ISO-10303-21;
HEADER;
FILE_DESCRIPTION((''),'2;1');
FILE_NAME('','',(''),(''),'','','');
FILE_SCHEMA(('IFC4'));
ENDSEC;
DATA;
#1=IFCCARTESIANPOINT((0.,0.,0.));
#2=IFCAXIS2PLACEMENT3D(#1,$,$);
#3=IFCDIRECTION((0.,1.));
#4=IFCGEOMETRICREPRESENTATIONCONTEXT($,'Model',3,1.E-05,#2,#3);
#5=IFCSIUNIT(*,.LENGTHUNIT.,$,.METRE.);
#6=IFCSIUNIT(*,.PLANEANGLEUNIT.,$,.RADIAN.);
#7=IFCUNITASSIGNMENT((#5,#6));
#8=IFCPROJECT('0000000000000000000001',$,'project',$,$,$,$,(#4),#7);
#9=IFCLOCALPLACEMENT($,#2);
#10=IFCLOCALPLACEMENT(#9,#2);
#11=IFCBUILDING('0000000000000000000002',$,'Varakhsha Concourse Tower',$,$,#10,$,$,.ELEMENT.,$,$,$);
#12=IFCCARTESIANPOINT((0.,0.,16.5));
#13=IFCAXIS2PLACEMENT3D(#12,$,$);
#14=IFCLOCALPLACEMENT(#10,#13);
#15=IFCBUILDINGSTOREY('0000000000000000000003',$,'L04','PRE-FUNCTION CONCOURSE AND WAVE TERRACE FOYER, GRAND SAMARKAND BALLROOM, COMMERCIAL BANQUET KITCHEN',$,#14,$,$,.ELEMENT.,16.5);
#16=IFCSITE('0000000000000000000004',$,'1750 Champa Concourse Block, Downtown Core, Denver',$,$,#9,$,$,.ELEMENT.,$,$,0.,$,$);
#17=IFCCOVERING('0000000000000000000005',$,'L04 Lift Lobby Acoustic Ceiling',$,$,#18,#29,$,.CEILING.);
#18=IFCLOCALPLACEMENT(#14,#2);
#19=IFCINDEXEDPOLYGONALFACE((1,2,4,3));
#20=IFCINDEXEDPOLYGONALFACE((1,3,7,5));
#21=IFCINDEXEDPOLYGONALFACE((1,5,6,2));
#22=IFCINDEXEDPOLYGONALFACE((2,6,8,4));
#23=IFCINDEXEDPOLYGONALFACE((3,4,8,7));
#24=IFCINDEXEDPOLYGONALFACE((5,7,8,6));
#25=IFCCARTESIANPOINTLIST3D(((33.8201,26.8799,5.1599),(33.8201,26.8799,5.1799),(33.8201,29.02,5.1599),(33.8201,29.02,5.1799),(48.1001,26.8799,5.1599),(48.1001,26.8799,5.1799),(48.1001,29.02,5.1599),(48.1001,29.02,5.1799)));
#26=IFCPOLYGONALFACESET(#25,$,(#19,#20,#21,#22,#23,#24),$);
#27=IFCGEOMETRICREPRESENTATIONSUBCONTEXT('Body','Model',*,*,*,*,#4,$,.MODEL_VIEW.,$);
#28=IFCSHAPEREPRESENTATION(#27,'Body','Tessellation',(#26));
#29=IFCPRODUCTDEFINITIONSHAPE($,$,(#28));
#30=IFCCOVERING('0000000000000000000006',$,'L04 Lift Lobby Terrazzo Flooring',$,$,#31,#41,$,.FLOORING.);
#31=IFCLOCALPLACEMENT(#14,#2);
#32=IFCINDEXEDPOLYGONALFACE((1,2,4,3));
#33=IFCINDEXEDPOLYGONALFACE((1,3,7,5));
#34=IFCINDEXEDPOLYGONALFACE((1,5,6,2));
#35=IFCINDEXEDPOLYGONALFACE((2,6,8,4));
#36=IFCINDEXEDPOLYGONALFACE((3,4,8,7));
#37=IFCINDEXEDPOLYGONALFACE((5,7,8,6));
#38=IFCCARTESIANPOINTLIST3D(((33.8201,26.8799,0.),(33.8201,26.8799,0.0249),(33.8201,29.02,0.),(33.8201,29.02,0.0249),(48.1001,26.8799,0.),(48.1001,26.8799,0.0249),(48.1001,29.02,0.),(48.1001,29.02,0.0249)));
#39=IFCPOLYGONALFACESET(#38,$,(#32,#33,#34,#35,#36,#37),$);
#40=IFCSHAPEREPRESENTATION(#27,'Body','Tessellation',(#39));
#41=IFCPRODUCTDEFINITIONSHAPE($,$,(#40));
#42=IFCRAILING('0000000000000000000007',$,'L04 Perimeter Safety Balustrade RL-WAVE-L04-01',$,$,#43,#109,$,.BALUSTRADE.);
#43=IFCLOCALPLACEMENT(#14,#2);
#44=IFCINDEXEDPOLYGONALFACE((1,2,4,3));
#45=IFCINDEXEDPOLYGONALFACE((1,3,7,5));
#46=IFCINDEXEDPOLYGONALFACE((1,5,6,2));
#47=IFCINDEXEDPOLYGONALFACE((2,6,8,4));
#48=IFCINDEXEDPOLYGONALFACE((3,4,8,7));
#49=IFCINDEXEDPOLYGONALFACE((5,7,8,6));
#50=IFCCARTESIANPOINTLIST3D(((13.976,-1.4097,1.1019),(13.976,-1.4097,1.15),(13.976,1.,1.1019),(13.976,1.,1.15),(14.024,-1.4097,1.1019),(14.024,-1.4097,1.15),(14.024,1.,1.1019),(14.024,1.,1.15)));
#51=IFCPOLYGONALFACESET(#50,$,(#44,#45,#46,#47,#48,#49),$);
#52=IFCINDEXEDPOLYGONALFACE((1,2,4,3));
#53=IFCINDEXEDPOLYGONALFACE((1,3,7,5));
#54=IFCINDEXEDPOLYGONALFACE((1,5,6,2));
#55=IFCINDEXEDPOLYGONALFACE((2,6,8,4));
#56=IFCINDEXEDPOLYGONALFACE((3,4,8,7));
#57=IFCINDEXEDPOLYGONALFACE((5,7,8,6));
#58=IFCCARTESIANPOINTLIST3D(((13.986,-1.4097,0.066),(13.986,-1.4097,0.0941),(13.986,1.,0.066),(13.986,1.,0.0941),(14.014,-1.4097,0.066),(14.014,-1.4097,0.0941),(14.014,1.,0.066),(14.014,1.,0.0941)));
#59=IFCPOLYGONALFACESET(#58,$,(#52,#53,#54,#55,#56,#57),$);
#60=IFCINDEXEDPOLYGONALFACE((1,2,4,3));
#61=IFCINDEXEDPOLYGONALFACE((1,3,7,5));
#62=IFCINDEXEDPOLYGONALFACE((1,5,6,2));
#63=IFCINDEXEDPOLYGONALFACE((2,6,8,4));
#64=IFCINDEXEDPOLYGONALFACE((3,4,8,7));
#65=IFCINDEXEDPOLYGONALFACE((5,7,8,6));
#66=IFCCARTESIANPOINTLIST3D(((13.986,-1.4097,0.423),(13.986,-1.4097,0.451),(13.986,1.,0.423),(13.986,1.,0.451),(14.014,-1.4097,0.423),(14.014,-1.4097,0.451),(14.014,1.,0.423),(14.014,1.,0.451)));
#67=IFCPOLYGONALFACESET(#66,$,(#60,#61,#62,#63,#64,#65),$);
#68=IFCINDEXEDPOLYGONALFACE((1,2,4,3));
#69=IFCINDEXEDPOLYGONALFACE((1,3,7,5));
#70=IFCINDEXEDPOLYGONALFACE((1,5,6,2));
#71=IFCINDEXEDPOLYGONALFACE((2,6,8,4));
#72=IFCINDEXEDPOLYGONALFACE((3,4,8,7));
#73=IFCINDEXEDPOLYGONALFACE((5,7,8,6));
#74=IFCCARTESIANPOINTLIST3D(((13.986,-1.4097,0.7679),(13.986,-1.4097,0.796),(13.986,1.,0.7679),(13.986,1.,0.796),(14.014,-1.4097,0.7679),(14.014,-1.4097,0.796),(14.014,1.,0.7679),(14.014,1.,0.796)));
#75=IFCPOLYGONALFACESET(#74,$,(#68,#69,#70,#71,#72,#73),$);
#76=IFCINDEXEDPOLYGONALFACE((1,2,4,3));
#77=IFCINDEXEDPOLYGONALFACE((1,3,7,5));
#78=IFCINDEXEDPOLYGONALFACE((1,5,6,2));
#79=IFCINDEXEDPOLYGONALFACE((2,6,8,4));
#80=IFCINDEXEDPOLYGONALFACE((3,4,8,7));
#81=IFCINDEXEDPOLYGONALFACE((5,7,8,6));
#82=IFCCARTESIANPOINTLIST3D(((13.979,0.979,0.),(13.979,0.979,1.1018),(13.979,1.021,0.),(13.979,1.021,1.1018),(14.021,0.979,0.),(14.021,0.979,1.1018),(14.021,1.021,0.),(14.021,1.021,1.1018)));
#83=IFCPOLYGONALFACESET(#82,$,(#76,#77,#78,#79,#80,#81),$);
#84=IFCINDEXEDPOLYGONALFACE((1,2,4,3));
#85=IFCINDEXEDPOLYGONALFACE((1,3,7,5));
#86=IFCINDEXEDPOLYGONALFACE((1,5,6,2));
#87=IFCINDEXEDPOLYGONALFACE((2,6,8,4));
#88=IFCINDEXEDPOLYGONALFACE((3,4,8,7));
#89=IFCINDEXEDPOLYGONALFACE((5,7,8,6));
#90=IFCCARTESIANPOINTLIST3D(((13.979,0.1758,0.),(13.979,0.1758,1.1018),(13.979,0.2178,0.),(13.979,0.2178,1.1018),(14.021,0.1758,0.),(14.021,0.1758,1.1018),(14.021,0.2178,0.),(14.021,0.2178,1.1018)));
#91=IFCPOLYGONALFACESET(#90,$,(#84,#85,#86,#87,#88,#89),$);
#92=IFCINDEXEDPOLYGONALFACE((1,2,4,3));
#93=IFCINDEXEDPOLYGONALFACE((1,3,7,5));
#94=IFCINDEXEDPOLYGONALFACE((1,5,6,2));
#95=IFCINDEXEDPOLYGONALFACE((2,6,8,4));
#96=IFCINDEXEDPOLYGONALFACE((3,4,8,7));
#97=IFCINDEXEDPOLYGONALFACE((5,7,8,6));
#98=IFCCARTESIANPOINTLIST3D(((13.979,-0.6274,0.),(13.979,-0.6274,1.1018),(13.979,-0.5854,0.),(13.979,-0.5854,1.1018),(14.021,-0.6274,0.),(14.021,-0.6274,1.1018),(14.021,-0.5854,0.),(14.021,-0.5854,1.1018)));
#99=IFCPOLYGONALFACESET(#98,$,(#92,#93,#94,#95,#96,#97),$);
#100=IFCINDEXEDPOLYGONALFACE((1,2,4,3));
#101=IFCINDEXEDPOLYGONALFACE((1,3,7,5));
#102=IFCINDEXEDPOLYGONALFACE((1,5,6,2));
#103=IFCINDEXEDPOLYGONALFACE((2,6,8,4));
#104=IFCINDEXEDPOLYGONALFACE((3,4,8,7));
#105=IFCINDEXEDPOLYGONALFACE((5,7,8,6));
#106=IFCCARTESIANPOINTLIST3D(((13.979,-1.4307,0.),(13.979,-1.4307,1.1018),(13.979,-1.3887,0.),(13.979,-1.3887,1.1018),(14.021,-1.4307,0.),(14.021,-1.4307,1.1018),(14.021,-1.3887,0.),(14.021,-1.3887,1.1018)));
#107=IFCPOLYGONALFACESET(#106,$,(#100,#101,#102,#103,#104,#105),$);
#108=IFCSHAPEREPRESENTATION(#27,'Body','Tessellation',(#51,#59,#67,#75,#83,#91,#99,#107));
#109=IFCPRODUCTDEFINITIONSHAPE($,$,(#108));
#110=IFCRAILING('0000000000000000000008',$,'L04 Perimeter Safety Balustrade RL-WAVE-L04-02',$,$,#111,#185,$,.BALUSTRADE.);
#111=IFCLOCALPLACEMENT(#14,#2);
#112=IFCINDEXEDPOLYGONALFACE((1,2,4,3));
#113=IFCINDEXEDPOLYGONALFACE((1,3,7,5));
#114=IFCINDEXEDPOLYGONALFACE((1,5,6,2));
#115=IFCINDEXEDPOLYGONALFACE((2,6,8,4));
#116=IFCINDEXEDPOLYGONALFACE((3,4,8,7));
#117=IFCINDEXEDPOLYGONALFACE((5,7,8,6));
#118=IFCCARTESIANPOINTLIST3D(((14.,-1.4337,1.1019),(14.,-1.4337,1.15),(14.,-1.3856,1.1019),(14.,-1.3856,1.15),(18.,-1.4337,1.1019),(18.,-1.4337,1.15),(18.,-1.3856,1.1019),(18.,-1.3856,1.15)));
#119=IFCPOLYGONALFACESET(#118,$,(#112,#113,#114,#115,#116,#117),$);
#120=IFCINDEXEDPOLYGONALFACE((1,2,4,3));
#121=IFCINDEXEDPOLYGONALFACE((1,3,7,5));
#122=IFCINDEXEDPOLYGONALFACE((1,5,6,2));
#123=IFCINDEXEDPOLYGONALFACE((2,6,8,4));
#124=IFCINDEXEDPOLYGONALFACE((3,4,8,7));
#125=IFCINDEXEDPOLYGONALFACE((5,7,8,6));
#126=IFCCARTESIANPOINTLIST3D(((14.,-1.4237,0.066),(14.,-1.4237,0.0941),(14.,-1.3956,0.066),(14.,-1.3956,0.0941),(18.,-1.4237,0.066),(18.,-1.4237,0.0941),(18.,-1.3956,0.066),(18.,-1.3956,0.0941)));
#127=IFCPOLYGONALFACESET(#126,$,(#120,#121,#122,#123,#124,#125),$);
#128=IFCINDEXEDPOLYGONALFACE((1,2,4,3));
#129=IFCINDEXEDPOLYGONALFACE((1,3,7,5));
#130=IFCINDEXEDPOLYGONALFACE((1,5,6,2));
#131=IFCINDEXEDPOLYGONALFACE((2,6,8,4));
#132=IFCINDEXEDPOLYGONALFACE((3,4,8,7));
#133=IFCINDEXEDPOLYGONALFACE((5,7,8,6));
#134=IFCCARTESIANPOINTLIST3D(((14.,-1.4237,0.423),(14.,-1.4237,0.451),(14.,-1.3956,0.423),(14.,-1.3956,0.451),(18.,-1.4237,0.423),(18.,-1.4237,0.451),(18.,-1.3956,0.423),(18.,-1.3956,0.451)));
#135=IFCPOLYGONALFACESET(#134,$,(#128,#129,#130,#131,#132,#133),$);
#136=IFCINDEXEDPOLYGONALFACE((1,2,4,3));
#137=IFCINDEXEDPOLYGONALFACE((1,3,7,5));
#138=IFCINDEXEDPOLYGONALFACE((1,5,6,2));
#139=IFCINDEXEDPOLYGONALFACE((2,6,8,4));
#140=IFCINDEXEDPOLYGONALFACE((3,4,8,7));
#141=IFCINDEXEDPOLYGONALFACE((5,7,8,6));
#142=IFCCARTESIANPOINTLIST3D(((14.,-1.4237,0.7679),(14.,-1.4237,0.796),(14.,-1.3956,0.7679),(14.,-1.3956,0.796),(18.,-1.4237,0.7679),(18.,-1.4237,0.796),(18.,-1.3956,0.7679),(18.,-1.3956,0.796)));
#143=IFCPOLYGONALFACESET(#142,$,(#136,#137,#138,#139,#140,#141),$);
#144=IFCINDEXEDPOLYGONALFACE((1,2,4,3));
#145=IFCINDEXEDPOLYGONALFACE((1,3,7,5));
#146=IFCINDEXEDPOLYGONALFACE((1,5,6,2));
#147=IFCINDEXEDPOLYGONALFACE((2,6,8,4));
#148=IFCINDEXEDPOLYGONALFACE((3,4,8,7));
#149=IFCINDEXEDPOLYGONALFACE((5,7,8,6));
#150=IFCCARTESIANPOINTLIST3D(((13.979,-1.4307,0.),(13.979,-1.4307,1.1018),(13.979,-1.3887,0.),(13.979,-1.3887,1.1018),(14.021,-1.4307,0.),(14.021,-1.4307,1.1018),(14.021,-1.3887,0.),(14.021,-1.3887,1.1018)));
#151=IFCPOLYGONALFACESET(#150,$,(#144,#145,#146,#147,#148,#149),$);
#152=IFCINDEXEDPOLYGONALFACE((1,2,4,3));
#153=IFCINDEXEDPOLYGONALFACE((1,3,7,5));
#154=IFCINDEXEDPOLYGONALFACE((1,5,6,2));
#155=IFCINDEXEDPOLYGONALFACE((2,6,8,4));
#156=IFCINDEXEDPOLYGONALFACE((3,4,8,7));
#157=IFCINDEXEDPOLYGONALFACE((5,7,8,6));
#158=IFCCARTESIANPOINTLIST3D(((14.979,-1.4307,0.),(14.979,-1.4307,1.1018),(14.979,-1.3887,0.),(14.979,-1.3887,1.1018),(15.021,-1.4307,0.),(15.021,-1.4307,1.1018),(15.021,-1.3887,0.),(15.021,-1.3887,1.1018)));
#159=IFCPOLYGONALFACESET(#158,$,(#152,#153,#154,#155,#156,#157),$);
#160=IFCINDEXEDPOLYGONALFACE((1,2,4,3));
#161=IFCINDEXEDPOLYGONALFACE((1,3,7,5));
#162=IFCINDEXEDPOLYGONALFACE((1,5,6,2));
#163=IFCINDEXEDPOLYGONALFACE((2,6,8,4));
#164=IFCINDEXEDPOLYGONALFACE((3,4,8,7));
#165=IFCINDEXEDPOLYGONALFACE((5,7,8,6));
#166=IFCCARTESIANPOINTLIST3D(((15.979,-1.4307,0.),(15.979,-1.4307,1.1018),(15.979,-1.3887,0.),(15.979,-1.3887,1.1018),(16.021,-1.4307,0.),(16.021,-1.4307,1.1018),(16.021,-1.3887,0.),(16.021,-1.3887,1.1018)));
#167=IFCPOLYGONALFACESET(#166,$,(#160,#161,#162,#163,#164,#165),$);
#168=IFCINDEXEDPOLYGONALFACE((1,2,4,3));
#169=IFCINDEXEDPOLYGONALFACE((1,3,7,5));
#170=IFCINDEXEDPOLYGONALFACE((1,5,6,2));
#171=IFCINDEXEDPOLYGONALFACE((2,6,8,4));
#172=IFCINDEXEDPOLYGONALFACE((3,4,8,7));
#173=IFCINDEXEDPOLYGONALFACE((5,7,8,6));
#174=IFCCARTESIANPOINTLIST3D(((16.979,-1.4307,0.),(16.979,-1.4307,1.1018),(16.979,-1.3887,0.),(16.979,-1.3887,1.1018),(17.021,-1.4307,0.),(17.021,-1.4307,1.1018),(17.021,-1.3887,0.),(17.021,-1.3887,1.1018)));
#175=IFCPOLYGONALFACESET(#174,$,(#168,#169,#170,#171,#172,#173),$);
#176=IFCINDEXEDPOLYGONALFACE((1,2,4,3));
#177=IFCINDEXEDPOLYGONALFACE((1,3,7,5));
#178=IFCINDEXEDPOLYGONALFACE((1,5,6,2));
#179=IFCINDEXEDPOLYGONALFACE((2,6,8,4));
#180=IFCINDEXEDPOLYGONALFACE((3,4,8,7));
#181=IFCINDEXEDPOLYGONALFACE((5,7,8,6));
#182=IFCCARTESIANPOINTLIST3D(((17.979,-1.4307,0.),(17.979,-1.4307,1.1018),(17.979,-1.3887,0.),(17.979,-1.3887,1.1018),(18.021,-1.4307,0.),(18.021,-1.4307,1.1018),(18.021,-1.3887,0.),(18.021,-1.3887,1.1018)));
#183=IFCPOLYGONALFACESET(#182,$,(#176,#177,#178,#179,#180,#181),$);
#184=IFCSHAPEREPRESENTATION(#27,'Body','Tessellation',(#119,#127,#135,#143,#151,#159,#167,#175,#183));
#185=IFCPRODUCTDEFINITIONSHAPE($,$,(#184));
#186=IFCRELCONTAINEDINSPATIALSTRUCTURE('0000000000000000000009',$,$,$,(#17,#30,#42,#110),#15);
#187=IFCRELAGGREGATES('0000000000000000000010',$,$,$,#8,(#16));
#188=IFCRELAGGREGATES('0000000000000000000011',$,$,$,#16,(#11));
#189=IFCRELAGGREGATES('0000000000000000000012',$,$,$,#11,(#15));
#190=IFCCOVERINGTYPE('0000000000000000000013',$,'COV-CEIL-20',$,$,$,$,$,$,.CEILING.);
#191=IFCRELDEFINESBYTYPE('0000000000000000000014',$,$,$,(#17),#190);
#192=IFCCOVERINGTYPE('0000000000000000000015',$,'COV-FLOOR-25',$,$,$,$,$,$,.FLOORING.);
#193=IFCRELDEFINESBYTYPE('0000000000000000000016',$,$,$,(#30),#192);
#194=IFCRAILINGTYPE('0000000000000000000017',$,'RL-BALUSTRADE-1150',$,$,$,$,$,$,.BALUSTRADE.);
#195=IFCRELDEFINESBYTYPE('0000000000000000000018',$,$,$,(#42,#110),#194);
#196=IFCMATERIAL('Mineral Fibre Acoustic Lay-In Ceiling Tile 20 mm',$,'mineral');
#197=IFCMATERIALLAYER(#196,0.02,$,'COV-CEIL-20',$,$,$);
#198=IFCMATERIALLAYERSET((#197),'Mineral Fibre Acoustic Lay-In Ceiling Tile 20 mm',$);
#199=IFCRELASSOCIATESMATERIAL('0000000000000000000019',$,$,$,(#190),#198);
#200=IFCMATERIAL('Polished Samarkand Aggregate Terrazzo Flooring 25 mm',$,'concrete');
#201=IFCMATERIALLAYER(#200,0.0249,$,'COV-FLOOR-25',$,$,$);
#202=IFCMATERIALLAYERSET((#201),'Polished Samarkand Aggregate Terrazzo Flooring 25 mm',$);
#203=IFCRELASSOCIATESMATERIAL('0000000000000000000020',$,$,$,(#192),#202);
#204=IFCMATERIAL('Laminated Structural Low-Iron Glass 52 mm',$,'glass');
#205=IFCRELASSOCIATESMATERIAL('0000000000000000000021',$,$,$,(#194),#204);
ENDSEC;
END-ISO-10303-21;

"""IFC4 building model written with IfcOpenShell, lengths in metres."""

from ifc_helpers import new_model, si_unit, direction, frame, origin, origin_2d, place, context, subcontext, project, spatial, polyline, rectangle, outline, extrude, material, layer, layer_set, type_object, element, save


model = new_model("IFC4")

# Units and contexts
model_context = context("Model", 3, precision=1e-05, world=origin(), true_north=direction((0.0, 1.0)))
body_context = subcontext(model_context, "Body", "Model", "MODEL_VIEW")
ifc_project = project(units=[si_unit("LENGTHUNIT", "METRE"), si_unit("PLANEANGLEUNIT", "RADIAN")], contexts=[model_context])

# Site, building, storey
site_placement = place(None, origin())
site = spatial("IfcSite", under=ifc_project, at=site_placement, Name="1750 Champa Concourse Block, Downtown Core, Denver", CompositionType="ELEMENT", RefElevation=0.0)
building_placement = place(site_placement, origin())
building = spatial("IfcBuilding", under=site, at=building_placement, Name="Varakhsha Concourse Tower", CompositionType="ELEMENT")
storey_placement = place(building_placement, frame((0.0, 0.0, 16.5)))
storey = spatial("IfcBuildingStorey", under=building, at=storey_placement, Name="L04", Description="PRE-FUNCTION CONCOURSE AND WAVE TERRACE FOYER, GRAND SAMARKAND BALLROOM, COMMERCIAL BANQUET KITCHEN", CompositionType="ELEMENT", Elevation=16.5)

# Coverings
ifc_material_1 = material(Name="Mineral Fibre Acoustic Lay-In Ceiling Tile 20 mm", Category="mineral")
ifc_layer_1 = layer(ifc_material_1, 0.02, Name="COV-CEIL-20")
ifc_layer_set_1 = layer_set([ifc_layer_1], Name="Mineral Fibre Acoustic Lay-In Ceiling Tile 20 mm")
covering_type_1 = type_object("IfcCoveringType", Name="COV-CEIL-20", PredefinedType="CEILING", material=ifc_layer_set_1)
covering_1_placement = place(storey_placement, frame((0.0, 0.0, 5.1599)))
element("IfcCovering", 1, at=covering_1_placement, inside=storey, type_object=covering_type_1, Name="L04 Lift Lobby Acoustic Ceiling", PredefinedType="CEILING", context=body_context, shape_type="SweptSolid", body=[
    extrude(outline(polyline([(33.8201, 26.8799), (48.1001, 26.8799), (48.1001, 29.02), (33.8201, 29.02), (33.8201, 26.8799)])), origin(), (0.0, 0.0, 1.0), 0.02),
])
ifc_material_2 = material(Name="Polished Samarkand Aggregate Terrazzo Flooring 25 mm", Category="concrete")
ifc_layer_2 = layer(ifc_material_2, 0.0249, Name="COV-FLOOR-25")
ifc_layer_set_2 = layer_set([ifc_layer_2], Name="Polished Samarkand Aggregate Terrazzo Flooring 25 mm")
covering_type_2 = type_object("IfcCoveringType", Name="COV-FLOOR-25", PredefinedType="FLOORING", material=ifc_layer_set_2)
covering_2_placement = place(storey_placement, origin())
element("IfcCovering", 2, at=covering_2_placement, inside=storey, type_object=covering_type_2, Name="L04 Lift Lobby Terrazzo Flooring", PredefinedType="FLOORING", context=body_context, shape_type="SweptSolid", body=[
    extrude(outline(polyline([(33.8201, 26.8799), (48.1001, 26.8799), (48.1001, 29.02), (33.8201, 29.02), (33.8201, 26.8799)])), origin(), (0.0, 0.0, 1.0), 0.0249),
])

# Railings
ifc_material_3 = material(Name="Laminated Structural Low-Iron Glass 52 mm", Category="glass")
railing_type = type_object("IfcRailingType", Name="RL-BALUSTRADE-1150", PredefinedType="BALUSTRADE", material=ifc_material_3)
railing_1_placement = place(storey_placement, frame((14.0, 1.0, 0.0)))
element("IfcRailing", 3, at=railing_1_placement, inside=storey, type_object=railing_type, Name="L04 Perimeter Safety Balustrade RL-WAVE-L04-01", PredefinedType="BALUSTRADE", context=body_context, shape_type="SweptSolid", body=[
    extrude(rectangle(XDim=0.0481, YDim=0.0481, at=origin_2d()), frame((0.0, 0.0, 1.126), z_axis=(0.0, -1.0, 0.0), x_axis=(1.0, 0.0, 0.0)), (0.0, 0.0, 1.0), 2.4097),
    extrude(rectangle(XDim=0.0281, YDim=0.0281, at=origin_2d()), frame((0.0, 0.0, 0.0801), z_axis=(0.0, -1.0, 0.0), x_axis=(1.0, 0.0, 0.0)), (0.0, 0.0, 1.0), 2.4097),
    extrude(rectangle(XDim=0.0281, YDim=0.0281, at=origin_2d()), frame((0.0, 0.0, 0.437), z_axis=(0.0, -1.0, 0.0), x_axis=(1.0, 0.0, 0.0)), (0.0, 0.0, 1.0), 2.4097),
    extrude(rectangle(XDim=0.0281, YDim=0.0281, at=origin_2d()), frame((0.0, 0.0, 0.782), z_axis=(0.0, -1.0, 0.0), x_axis=(1.0, 0.0, 0.0)), (0.0, 0.0, 1.0), 2.4097),
    extrude(rectangle(XDim=0.042, YDim=0.042, at=origin_2d()), origin(), (0.0, 0.0, 1.0), 1.1018),
    extrude(rectangle(XDim=0.042, YDim=0.042, at=origin_2d()), frame((0.0, -0.8032, 0.0)), (0.0, 0.0, 1.0), 1.1018),
    extrude(rectangle(XDim=0.042, YDim=0.042, at=origin_2d()), frame((0.0, -1.6064, 0.0)), (0.0, 0.0, 1.0), 1.1018),
    extrude(rectangle(XDim=0.042, YDim=0.042, at=origin_2d()), frame((0.0, -2.4097, 0.0)), (0.0, 0.0, 1.0), 1.1018),
])
railing_2_placement = place(storey_placement, frame((14.0, -1.4097, 0.0)))
element("IfcRailing", 4, at=railing_2_placement, inside=storey, type_object=railing_type, Name="L04 Perimeter Safety Balustrade RL-WAVE-L04-02", PredefinedType="BALUSTRADE", context=body_context, shape_type="SweptSolid", body=[
    extrude(rectangle(XDim=0.0481, YDim=0.0481, at=origin_2d()), frame((0.0, 0.0, 1.126), z_axis=(1.0, 0.0, 0.0), x_axis=(0.0, 1.0, 0.0)), (0.0, 0.0, 1.0), 4.0),
    extrude(rectangle(XDim=0.0281, YDim=0.0281, at=origin_2d()), frame((0.0, 0.0, 0.0801), z_axis=(1.0, 0.0, 0.0), x_axis=(0.0, 1.0, 0.0)), (0.0, 0.0, 1.0), 4.0),
    extrude(rectangle(XDim=0.0281, YDim=0.0281, at=origin_2d()), frame((0.0, 0.0, 0.437), z_axis=(1.0, 0.0, 0.0), x_axis=(0.0, 1.0, 0.0)), (0.0, 0.0, 1.0), 4.0),
    extrude(rectangle(XDim=0.0281, YDim=0.0281, at=origin_2d()), frame((0.0, 0.0, 0.782), z_axis=(1.0, 0.0, 0.0), x_axis=(0.0, 1.0, 0.0)), (0.0, 0.0, 1.0), 4.0),
    extrude(rectangle(XDim=0.042, YDim=0.042, at=origin_2d()), origin(), (0.0, 0.0, 1.0), 1.1018),
    extrude(rectangle(XDim=0.042, YDim=0.042, at=origin_2d()), frame((1.0, 0.0, 0.0)), (0.0, 0.0, 1.0), 1.1018),
    extrude(rectangle(XDim=0.042, YDim=0.042, at=origin_2d()), frame((2.0, 0.0, 0.0)), (0.0, 0.0, 1.0), 1.1018),
    extrude(rectangle(XDim=0.042, YDim=0.042, at=origin_2d()), frame((3.0, 0.0, 0.0)), (0.0, 0.0, 1.0), 1.1018),
    extrude(rectangle(XDim=0.042, YDim=0.042, at=origin_2d()), frame((4.0, 0.0, 0.0)), (0.0, 0.0, 1.0), 1.1018),
])

save(model, "model.ifc")
